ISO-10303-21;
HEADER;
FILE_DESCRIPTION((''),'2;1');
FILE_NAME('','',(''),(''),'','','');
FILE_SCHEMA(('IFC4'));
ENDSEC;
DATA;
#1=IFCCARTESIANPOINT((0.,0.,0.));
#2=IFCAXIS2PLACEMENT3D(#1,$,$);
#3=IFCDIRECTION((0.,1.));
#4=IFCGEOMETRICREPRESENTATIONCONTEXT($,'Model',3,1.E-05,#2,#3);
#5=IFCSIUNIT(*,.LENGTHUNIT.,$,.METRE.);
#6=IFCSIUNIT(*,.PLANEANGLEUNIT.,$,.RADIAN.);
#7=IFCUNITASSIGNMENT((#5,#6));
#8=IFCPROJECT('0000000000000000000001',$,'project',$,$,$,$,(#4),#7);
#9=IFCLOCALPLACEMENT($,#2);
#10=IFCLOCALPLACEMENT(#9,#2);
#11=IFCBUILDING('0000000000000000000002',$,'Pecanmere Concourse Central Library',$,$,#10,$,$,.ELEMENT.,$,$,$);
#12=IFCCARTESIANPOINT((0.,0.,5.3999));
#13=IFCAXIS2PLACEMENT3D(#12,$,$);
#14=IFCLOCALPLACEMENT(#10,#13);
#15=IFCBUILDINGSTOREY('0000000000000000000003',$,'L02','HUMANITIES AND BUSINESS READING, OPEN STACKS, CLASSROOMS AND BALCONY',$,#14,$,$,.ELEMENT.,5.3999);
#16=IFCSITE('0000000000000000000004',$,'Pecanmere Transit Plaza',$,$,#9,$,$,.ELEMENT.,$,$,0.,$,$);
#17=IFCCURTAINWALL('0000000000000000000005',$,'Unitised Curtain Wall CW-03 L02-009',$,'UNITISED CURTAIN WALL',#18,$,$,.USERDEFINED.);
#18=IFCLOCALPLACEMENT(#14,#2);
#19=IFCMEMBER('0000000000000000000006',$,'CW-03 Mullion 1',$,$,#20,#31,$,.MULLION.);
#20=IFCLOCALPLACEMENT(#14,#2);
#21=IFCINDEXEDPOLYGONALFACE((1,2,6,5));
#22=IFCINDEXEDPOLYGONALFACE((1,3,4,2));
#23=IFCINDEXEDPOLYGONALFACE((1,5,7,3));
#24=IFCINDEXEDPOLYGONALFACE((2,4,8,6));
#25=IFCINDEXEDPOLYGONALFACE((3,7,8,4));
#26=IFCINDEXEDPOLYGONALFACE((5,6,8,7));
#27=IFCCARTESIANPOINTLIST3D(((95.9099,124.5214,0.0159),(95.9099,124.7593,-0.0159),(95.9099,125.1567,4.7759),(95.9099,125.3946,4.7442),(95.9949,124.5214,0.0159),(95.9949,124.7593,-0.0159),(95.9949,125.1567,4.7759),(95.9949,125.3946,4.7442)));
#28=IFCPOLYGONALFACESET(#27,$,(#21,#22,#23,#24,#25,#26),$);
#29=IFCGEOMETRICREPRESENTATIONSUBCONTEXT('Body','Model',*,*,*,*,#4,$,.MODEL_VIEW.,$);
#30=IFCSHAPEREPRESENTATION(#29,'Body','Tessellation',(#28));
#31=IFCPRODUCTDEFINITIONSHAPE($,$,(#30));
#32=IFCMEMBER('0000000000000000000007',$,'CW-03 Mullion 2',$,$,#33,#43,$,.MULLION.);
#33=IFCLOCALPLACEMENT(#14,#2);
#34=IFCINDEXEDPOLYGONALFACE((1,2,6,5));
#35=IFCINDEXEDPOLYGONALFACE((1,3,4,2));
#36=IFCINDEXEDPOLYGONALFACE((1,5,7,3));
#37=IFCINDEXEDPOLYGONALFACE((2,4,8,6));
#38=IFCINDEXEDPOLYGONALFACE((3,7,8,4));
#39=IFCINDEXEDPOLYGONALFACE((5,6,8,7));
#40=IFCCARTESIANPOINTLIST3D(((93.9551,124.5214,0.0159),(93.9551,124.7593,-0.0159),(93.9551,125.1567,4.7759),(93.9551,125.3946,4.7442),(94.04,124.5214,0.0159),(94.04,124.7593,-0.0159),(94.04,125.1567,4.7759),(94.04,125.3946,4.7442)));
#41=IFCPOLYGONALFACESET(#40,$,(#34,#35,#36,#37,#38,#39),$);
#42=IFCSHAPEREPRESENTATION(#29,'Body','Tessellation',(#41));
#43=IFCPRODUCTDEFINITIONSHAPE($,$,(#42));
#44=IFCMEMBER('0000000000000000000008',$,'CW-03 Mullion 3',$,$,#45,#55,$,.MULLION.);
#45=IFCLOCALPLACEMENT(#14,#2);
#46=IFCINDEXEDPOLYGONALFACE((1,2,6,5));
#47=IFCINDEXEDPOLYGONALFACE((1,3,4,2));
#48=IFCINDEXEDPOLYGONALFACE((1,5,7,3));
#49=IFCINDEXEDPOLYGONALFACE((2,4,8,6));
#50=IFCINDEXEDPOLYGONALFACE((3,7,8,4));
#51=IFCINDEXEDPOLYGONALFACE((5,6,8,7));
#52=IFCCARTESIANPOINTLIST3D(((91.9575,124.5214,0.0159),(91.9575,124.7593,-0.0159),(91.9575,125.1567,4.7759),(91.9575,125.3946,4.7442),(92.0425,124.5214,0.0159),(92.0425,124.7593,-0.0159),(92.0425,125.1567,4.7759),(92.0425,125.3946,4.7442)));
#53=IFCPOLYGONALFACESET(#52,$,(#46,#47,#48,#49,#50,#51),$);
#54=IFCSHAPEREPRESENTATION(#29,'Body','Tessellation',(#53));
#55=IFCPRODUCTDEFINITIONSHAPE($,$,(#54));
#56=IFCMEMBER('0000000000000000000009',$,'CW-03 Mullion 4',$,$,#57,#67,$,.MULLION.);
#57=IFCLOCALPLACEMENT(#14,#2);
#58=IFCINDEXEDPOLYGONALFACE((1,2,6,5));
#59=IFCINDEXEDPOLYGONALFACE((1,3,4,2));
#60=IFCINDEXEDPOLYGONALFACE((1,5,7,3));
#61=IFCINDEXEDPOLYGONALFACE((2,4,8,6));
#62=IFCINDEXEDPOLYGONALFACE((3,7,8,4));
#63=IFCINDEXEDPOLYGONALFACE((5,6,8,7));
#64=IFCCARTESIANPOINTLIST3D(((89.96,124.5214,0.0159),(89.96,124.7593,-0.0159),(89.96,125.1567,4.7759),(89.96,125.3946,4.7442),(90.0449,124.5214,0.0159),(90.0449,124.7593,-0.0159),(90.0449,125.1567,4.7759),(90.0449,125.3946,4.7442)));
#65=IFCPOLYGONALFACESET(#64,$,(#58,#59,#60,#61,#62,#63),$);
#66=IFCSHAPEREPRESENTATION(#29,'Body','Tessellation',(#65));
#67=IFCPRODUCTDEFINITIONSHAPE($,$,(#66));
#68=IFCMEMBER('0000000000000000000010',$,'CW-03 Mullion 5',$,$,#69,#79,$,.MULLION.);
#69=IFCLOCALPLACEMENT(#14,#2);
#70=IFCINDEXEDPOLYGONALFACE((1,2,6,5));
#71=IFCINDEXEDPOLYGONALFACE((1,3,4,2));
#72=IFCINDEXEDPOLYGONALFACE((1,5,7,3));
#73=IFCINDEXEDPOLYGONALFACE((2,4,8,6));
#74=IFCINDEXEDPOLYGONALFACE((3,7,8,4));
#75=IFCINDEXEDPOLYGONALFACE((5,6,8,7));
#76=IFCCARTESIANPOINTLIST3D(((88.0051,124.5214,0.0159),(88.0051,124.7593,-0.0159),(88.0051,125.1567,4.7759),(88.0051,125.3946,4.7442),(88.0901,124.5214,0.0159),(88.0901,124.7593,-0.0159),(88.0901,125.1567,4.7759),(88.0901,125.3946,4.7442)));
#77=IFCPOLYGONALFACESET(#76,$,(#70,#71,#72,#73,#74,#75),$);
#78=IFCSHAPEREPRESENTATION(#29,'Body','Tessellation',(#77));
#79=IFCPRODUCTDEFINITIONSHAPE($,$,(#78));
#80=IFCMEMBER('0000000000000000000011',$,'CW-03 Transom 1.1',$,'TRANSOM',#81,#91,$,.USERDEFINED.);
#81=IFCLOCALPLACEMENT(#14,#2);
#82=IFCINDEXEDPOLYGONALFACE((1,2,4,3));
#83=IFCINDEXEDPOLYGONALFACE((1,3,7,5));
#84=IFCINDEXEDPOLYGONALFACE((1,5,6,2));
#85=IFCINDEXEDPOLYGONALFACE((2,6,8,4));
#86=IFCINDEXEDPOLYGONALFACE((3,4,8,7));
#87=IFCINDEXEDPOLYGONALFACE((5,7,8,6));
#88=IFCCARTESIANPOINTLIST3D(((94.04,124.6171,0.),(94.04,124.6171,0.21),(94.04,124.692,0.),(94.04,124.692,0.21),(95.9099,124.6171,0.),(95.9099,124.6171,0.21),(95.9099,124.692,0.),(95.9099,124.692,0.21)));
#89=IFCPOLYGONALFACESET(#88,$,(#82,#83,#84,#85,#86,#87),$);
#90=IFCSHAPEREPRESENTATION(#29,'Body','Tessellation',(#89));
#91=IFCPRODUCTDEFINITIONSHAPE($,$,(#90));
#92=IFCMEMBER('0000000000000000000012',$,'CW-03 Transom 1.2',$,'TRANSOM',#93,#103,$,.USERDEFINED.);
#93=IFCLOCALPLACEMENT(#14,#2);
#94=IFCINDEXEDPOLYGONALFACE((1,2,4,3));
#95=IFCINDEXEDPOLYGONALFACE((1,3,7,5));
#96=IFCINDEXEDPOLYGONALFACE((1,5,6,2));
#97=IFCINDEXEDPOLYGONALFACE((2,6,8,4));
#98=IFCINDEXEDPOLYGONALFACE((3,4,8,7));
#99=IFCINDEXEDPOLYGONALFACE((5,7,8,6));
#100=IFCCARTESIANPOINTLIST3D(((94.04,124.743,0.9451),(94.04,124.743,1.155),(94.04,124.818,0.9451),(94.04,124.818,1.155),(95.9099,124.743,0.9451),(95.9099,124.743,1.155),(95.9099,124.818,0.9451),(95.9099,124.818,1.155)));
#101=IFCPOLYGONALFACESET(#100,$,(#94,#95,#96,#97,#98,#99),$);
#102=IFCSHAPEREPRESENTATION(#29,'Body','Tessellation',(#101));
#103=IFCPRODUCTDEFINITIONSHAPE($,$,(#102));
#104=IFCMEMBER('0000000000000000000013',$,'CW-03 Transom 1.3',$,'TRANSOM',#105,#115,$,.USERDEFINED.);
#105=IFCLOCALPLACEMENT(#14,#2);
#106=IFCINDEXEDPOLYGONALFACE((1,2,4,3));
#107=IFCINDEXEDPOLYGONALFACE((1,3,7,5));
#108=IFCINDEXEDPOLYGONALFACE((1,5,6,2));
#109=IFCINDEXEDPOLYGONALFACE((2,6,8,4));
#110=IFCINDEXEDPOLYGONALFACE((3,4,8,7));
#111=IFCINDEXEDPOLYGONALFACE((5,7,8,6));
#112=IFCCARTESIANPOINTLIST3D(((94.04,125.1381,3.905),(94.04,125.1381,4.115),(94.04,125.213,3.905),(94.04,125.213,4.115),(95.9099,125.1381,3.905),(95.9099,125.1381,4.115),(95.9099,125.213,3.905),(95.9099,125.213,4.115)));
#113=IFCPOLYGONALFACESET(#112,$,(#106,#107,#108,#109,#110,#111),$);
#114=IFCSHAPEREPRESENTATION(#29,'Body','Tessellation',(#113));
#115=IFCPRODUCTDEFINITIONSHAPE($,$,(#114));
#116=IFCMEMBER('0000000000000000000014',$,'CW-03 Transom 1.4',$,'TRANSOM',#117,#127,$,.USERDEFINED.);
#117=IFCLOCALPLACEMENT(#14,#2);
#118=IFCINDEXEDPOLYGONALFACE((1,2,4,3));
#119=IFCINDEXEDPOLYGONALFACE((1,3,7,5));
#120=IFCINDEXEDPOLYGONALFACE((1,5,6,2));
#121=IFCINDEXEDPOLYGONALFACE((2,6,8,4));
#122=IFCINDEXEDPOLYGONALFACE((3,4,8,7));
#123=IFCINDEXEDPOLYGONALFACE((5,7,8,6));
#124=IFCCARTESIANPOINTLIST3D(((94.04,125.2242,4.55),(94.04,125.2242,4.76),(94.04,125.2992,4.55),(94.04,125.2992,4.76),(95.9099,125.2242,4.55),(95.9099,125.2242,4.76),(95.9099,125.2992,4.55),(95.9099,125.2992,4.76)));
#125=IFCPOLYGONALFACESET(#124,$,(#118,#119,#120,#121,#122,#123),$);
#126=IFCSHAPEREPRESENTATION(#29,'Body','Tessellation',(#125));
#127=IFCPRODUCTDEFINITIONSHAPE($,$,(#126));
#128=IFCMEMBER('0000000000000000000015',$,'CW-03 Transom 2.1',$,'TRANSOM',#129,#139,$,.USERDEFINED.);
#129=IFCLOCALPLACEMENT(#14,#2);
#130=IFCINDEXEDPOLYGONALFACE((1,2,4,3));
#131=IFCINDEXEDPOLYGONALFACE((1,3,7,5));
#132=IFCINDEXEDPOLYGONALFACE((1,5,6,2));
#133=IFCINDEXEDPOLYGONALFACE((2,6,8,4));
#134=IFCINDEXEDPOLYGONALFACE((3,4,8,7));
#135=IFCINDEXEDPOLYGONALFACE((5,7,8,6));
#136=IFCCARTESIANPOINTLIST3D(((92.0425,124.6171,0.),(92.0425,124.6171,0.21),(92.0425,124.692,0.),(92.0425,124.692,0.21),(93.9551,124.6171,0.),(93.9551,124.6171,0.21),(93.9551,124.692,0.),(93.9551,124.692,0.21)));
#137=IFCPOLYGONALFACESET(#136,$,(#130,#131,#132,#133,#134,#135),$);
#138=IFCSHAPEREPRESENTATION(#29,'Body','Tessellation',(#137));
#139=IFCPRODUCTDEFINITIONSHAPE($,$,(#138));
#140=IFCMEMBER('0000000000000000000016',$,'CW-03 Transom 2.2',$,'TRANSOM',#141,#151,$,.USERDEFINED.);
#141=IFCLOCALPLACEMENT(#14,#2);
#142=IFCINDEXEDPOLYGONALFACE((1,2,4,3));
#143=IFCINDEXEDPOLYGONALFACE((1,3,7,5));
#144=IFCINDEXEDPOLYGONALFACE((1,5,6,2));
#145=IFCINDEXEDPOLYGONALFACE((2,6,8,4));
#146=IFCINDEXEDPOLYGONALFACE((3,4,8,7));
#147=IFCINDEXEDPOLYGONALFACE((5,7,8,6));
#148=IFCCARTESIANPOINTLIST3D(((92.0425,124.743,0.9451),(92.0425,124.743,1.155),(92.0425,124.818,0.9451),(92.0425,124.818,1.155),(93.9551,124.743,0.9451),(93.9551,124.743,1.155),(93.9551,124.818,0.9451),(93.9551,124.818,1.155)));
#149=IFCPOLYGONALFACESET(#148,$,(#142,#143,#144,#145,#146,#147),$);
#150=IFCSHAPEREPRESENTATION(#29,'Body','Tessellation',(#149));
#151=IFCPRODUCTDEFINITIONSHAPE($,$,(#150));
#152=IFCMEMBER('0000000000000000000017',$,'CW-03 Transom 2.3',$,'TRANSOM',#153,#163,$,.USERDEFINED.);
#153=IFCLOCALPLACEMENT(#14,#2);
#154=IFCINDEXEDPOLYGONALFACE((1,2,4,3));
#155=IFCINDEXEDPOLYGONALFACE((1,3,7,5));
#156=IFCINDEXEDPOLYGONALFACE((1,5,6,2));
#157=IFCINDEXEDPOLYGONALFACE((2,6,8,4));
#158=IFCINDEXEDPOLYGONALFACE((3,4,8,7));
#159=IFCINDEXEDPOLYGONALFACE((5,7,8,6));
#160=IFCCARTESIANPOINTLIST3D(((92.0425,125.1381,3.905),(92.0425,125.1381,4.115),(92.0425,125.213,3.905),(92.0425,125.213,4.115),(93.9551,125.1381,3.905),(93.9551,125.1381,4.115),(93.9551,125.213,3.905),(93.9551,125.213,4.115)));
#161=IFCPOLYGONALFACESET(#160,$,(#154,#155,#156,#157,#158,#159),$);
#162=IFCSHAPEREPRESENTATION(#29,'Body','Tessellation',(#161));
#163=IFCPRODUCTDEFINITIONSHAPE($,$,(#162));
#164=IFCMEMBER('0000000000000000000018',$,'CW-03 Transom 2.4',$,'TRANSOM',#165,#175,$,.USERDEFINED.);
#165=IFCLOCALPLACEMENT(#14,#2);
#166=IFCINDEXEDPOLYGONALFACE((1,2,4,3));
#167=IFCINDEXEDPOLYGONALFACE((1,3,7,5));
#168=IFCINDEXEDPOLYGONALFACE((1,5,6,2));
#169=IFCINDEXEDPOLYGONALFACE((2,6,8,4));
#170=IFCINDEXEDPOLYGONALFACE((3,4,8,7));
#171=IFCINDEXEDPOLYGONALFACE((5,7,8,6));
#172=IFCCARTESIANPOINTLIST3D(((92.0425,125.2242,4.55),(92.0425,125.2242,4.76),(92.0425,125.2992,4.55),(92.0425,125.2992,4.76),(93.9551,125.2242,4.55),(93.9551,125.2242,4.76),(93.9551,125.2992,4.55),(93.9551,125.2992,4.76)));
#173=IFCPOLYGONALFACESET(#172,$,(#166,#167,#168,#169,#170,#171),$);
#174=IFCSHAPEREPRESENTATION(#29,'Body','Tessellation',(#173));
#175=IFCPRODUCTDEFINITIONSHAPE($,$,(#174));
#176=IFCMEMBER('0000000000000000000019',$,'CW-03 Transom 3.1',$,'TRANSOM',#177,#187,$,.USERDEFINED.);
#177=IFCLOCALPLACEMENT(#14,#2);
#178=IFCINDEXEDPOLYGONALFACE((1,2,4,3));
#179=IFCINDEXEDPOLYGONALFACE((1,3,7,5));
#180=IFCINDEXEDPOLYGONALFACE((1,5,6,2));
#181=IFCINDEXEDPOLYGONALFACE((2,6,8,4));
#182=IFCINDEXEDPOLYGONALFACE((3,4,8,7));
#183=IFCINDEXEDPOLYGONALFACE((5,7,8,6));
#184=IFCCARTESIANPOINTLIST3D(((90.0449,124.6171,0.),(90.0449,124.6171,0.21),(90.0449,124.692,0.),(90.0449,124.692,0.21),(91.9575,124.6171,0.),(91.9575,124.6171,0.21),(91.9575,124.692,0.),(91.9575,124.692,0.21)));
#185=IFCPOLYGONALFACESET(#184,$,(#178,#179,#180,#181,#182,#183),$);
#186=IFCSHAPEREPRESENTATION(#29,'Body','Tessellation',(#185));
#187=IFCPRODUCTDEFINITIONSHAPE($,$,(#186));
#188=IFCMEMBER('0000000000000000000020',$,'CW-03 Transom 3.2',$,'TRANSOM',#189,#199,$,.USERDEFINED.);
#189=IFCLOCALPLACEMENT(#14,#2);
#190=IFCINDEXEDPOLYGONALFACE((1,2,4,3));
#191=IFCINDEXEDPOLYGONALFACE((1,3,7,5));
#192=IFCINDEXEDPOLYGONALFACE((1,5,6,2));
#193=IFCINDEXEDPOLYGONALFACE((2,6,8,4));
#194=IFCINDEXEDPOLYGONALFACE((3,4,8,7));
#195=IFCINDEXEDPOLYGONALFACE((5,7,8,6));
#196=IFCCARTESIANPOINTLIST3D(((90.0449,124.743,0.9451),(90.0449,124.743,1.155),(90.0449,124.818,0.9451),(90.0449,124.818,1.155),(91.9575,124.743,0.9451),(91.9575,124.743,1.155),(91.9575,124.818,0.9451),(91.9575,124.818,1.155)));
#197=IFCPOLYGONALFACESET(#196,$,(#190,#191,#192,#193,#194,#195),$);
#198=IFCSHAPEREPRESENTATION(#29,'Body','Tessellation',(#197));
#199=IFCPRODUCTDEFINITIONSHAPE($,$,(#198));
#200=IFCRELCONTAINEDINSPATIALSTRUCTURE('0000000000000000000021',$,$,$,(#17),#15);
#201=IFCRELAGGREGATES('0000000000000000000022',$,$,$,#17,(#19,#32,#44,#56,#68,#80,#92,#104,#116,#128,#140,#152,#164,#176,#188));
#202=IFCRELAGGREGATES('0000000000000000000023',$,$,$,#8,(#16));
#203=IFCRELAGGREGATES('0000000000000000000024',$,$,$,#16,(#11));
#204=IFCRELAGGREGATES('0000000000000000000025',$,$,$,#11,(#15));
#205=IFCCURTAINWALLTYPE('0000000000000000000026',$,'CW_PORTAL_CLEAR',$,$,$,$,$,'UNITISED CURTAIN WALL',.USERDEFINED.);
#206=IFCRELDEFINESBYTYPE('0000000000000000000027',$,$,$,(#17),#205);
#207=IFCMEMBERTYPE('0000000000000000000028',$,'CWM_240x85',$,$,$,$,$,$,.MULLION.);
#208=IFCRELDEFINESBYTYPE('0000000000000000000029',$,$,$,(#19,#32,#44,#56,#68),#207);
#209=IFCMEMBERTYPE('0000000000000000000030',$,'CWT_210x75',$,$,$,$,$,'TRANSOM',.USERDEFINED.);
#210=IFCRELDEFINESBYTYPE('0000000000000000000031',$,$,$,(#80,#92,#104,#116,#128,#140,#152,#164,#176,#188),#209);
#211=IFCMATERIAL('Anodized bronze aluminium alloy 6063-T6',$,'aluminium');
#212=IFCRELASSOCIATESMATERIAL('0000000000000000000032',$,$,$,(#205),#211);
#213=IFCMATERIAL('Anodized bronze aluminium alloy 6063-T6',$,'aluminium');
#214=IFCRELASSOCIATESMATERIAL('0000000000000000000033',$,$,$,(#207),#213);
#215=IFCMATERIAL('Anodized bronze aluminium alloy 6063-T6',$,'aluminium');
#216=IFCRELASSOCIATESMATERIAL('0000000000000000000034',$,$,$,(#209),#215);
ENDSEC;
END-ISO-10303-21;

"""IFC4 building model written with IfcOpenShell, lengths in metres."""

from ifc_helpers import new_model, si_unit, direction, frame, origin, origin_2d, place, context, subcontext, project, spatial, rectangle, extrude, material, material_profile, profile_set, type_object, element, aggregate, save


model = new_model("IFC4")

# Units and contexts
model_context = context("Model", 3, precision=1e-05, world=origin(), true_north=direction((0.0, 1.0)))
body_context = subcontext(model_context, "Body", "Model", "MODEL_VIEW")
ifc_project = project(units=[si_unit("LENGTHUNIT", "METRE"), si_unit("PLANEANGLEUNIT", "RADIAN")], contexts=[model_context])

# Site, building, storey
site_placement = place(None, origin())
site = spatial("IfcSite", under=ifc_project, at=site_placement, Name="Pecanmere Transit Plaza", CompositionType="ELEMENT", RefElevation=0.0)
building_placement = place(site_placement, origin())
building = spatial("IfcBuilding", under=site, at=building_placement, Name="Pecanmere Concourse Central Library", CompositionType="ELEMENT")
storey_placement = place(building_placement, frame((0.0, 0.0, 5.3999)))
storey = spatial("IfcBuildingStorey", under=building, at=storey_placement, Name="L02", Description="HUMANITIES AND BUSINESS READING, OPEN STACKS, CLASSROOMS AND BALCONY", CompositionType="ELEMENT", Elevation=5.3999)

# Curtain wall, members
ifc_material_1 = material(Name="Anodized bronze aluminium alloy 6063-T6", Category="aluminium")
curtain_wall_type = type_object("IfcCurtainWallType", Name="CW_PORTAL_CLEAR", ElementType="UNITISED CURTAIN WALL", PredefinedType="USERDEFINED", material=ifc_material_1)
curtain_wall_placement = place(storey_placement, origin())
curtain_wall = element("IfcCurtainWall", 1, at=curtain_wall_placement, inside=storey, type_object=curtain_wall_type, Name="Unitised Curtain Wall CW-03 L02-009", ObjectType="UNITISED CURTAIN WALL", PredefinedType="USERDEFINED")
ifc_material_2 = material(Name="Anodized bronze aluminium alloy 6063-T6", Category="aluminium")
ifc_material_profile_1 = material_profile(ifc_material_2, rectangle(XDim=0.085, YDim=0.24, at=origin_2d()), Name="AL 85x240")
ifc_profile_set_1 = profile_set([ifc_material_profile_1], Name="Anodized bronze aluminium alloy 6063-T6")
member_type_1 = type_object("IfcMemberType", Name="CWM_240x85", PredefinedType="MULLION", material=ifc_profile_set_1)
member_1_placement = place(storey_placement, frame((95.9524, 124.6404, 0.0), z_axis=(0.0, 0.132284, 0.991212), x_axis=(-1.0, 0.0, 0.0)))
member_1 = element("IfcMember", 2, at=member_1_placement, type_object=member_type_1, Name="CW-03 Mullion 1", PredefinedType="MULLION", context=body_context, shape_type="SweptSolid", body=[
    extrude(rectangle(XDim=0.085, YDim=0.24, at=origin_2d()), origin(), (0.0, 0.0, 1.0), 4.8022),
])
member_2_placement = place(storey_placement, frame((93.9976, 124.6404, 0.0), z_axis=(0.0, 0.132284, 0.991212), x_axis=(-1.0, 0.0, 0.0)))
member_2 = element("IfcMember", 3, at=member_2_placement, type_object=member_type_1, Name="CW-03 Mullion 2", PredefinedType="MULLION", context=body_context, shape_type="SweptSolid", body=[
    extrude(rectangle(XDim=0.085, YDim=0.24, at=origin_2d()), origin(), (0.0, 0.0, 1.0), 4.8022),
])
member_3_placement = place(storey_placement, frame((92.0, 124.6404, 0.0), z_axis=(0.0, 0.132284, 0.991212), x_axis=(-1.0, 0.0, 0.0)))
member_3 = element("IfcMember", 4, at=member_3_placement, type_object=member_type_1, Name="CW-03 Mullion 3", PredefinedType="MULLION", context=body_context, shape_type="SweptSolid", body=[
    extrude(rectangle(XDim=0.085, YDim=0.24, at=origin_2d()), origin(), (0.0, 0.0, 1.0), 4.8022),
])
member_4_placement = place(storey_placement, frame((90.0024, 124.6404, 0.0), z_axis=(0.0, 0.132284, 0.991212), x_axis=(-1.0, 0.0, 0.0)))
member_4 = element("IfcMember", 5, at=member_4_placement, type_object=member_type_1, Name="CW-03 Mullion 4", PredefinedType="MULLION", context=body_context, shape_type="SweptSolid", body=[
    extrude(rectangle(XDim=0.085, YDim=0.24, at=origin_2d()), origin(), (0.0, 0.0, 1.0), 4.8022),
])
member_5_placement = place(storey_placement, frame((88.0476, 124.6404, 0.0), z_axis=(0.0, 0.132284, 0.991212), x_axis=(-1.0, 0.0, 0.0)))
member_5 = element("IfcMember", 6, at=member_5_placement, type_object=member_type_1, Name="CW-03 Mullion 5", PredefinedType="MULLION", context=body_context, shape_type="SweptSolid", body=[
    extrude(rectangle(XDim=0.085, YDim=0.24, at=origin_2d()), origin(), (0.0, 0.0, 1.0), 4.8022),
])
ifc_material_3 = material(Name="Anodized bronze aluminium alloy 6063-T6", Category="aluminium")
ifc_material_profile_2 = material_profile(ifc_material_3, rectangle(XDim=0.075, YDim=0.21, at=origin_2d()), Name="AL 75x210")
ifc_profile_set_2 = profile_set([ifc_material_profile_2], Name="Anodized bronze aluminium alloy 6063-T6")
member_type_2 = type_object("IfcMemberType", Name="CWT_210x75", ElementType="TRANSOM", PredefinedType="USERDEFINED", material=ifc_profile_set_2)
member_6_placement = place(storey_placement, frame((95.9099, 124.6545, 0.105), z_axis=(-1.0, 0.0, 0.0), x_axis=(0.0, -1.0, 0.0)))
member_6 = element("IfcMember", 7, at=member_6_placement, type_object=member_type_2, Name="CW-03 Transom 1.1", ObjectType="TRANSOM", PredefinedType="USERDEFINED", context=body_context, shape_type="SweptSolid", body=[
    extrude(rectangle(XDim=0.075, YDim=0.21, at=origin_2d()), origin(), (0.0, 0.0, 1.0), 1.8699),
])
member_7_placement = place(storey_placement, frame((95.9099, 124.7805, 1.05), z_axis=(-1.0, 0.0, 0.0), x_axis=(0.0, -1.0, 0.0)))
member_7 = element("IfcMember", 8, at=member_7_placement, type_object=member_type_2, Name="CW-03 Transom 1.2", ObjectType="TRANSOM", PredefinedType="USERDEFINED", context=body_context, shape_type="SweptSolid", body=[
    extrude(rectangle(XDim=0.075, YDim=0.21, at=origin_2d()), origin(), (0.0, 0.0, 1.0), 1.8699),
])
member_8_placement = place(storey_placement, frame((95.9099, 125.1755, 4.01), z_axis=(-1.0, 0.0, 0.0), x_axis=(0.0, -1.0, 0.0)))
member_8 = element("IfcMember", 9, at=member_8_placement, type_object=member_type_2, Name="CW-03 Transom 1.3", ObjectType="TRANSOM", PredefinedType="USERDEFINED", context=body_context, shape_type="SweptSolid", body=[
    extrude(rectangle(XDim=0.075, YDim=0.21, at=origin_2d()), origin(), (0.0, 0.0, 1.0), 1.8699),
])
member_9_placement = place(storey_placement, frame((95.9099, 125.2617, 4.655), z_axis=(-1.0, 0.0, 0.0), x_axis=(0.0, -1.0, 0.0)))
member_9 = element("IfcMember", 10, at=member_9_placement, type_object=member_type_2, Name="CW-03 Transom 1.4", ObjectType="TRANSOM", PredefinedType="USERDEFINED", context=body_context, shape_type="SweptSolid", body=[
    extrude(rectangle(XDim=0.075, YDim=0.21, at=origin_2d()), origin(), (0.0, 0.0, 1.0), 1.8699),
])
member_10_placement = place(storey_placement, frame((93.9551, 124.6545, 0.105), z_axis=(-1.0, 0.0, 0.0), x_axis=(0.0, -1.0, 0.0)))
member_10 = element("IfcMember", 11, at=member_10_placement, type_object=member_type_2, Name="CW-03 Transom 2.1", ObjectType="TRANSOM", PredefinedType="USERDEFINED", context=body_context, shape_type="SweptSolid", body=[
    extrude(rectangle(XDim=0.075, YDim=0.21, at=origin_2d()), origin(), (0.0, 0.0, 1.0), 1.9126),
])
member_11_placement = place(storey_placement, frame((93.9551, 124.7805, 1.05), z_axis=(-1.0, 0.0, 0.0), x_axis=(0.0, -1.0, 0.0)))
member_11 = element("IfcMember", 12, at=member_11_placement, type_object=member_type_2, Name="CW-03 Transom 2.2", ObjectType="TRANSOM", PredefinedType="USERDEFINED", context=body_context, shape_type="SweptSolid", body=[
    extrude(rectangle(XDim=0.075, YDim=0.21, at=origin_2d()), origin(), (0.0, 0.0, 1.0), 1.9126),
])
member_12_placement = place(storey_placement, frame((93.9551, 125.1755, 4.01), z_axis=(-1.0, 0.0, 0.0), x_axis=(0.0, -1.0, 0.0)))
member_12 = element("IfcMember", 13, at=member_12_placement, type_object=member_type_2, Name="CW-03 Transom 2.3", ObjectType="TRANSOM", PredefinedType="USERDEFINED", context=body_context, shape_type="SweptSolid", body=[
    extrude(rectangle(XDim=0.075, YDim=0.21, at=origin_2d()), origin(), (0.0, 0.0, 1.0), 1.9126),
])
member_13_placement = place(storey_placement, frame((93.9551, 125.2617, 4.655), z_axis=(-1.0, 0.0, 0.0), x_axis=(0.0, -1.0, 0.0)))
member_13 = element("IfcMember", 14, at=member_13_placement, type_object=member_type_2, Name="CW-03 Transom 2.4", ObjectType="TRANSOM", PredefinedType="USERDEFINED", context=body_context, shape_type="SweptSolid", body=[
    extrude(rectangle(XDim=0.075, YDim=0.21, at=origin_2d()), origin(), (0.0, 0.0, 1.0), 1.9126),
])
member_14_placement = place(storey_placement, frame((91.9575, 124.6545, 0.105), z_axis=(-1.0, 0.0, 0.0), x_axis=(0.0, -1.0, 0.0)))
member_14 = element("IfcMember", 15, at=member_14_placement, type_object=member_type_2, Name="CW-03 Transom 3.1", ObjectType="TRANSOM", PredefinedType="USERDEFINED", context=body_context, shape_type="SweptSolid", body=[
    extrude(rectangle(XDim=0.075, YDim=0.21, at=origin_2d()), origin(), (0.0, 0.0, 1.0), 1.9126),
])
member_15_placement = place(storey_placement, frame((91.9575, 124.7805, 1.05), z_axis=(-1.0, 0.0, 0.0), x_axis=(0.0, -1.0, 0.0)))
member_15 = element("IfcMember", 16, at=member_15_placement, type_object=member_type_2, Name="CW-03 Transom 3.2", ObjectType="TRANSOM", PredefinedType="USERDEFINED", context=body_context, shape_type="SweptSolid", body=[
    extrude(rectangle(XDim=0.075, YDim=0.21, at=origin_2d()), origin(), (0.0, 0.0, 1.0), 1.9126),
])
aggregate(curtain_wall, [member_1, member_2, member_3, member_4, member_5, member_6, member_7, member_8, member_9, member_10, member_11, member_12, member_13, member_14, member_15])

save(model, "model.ifc")
